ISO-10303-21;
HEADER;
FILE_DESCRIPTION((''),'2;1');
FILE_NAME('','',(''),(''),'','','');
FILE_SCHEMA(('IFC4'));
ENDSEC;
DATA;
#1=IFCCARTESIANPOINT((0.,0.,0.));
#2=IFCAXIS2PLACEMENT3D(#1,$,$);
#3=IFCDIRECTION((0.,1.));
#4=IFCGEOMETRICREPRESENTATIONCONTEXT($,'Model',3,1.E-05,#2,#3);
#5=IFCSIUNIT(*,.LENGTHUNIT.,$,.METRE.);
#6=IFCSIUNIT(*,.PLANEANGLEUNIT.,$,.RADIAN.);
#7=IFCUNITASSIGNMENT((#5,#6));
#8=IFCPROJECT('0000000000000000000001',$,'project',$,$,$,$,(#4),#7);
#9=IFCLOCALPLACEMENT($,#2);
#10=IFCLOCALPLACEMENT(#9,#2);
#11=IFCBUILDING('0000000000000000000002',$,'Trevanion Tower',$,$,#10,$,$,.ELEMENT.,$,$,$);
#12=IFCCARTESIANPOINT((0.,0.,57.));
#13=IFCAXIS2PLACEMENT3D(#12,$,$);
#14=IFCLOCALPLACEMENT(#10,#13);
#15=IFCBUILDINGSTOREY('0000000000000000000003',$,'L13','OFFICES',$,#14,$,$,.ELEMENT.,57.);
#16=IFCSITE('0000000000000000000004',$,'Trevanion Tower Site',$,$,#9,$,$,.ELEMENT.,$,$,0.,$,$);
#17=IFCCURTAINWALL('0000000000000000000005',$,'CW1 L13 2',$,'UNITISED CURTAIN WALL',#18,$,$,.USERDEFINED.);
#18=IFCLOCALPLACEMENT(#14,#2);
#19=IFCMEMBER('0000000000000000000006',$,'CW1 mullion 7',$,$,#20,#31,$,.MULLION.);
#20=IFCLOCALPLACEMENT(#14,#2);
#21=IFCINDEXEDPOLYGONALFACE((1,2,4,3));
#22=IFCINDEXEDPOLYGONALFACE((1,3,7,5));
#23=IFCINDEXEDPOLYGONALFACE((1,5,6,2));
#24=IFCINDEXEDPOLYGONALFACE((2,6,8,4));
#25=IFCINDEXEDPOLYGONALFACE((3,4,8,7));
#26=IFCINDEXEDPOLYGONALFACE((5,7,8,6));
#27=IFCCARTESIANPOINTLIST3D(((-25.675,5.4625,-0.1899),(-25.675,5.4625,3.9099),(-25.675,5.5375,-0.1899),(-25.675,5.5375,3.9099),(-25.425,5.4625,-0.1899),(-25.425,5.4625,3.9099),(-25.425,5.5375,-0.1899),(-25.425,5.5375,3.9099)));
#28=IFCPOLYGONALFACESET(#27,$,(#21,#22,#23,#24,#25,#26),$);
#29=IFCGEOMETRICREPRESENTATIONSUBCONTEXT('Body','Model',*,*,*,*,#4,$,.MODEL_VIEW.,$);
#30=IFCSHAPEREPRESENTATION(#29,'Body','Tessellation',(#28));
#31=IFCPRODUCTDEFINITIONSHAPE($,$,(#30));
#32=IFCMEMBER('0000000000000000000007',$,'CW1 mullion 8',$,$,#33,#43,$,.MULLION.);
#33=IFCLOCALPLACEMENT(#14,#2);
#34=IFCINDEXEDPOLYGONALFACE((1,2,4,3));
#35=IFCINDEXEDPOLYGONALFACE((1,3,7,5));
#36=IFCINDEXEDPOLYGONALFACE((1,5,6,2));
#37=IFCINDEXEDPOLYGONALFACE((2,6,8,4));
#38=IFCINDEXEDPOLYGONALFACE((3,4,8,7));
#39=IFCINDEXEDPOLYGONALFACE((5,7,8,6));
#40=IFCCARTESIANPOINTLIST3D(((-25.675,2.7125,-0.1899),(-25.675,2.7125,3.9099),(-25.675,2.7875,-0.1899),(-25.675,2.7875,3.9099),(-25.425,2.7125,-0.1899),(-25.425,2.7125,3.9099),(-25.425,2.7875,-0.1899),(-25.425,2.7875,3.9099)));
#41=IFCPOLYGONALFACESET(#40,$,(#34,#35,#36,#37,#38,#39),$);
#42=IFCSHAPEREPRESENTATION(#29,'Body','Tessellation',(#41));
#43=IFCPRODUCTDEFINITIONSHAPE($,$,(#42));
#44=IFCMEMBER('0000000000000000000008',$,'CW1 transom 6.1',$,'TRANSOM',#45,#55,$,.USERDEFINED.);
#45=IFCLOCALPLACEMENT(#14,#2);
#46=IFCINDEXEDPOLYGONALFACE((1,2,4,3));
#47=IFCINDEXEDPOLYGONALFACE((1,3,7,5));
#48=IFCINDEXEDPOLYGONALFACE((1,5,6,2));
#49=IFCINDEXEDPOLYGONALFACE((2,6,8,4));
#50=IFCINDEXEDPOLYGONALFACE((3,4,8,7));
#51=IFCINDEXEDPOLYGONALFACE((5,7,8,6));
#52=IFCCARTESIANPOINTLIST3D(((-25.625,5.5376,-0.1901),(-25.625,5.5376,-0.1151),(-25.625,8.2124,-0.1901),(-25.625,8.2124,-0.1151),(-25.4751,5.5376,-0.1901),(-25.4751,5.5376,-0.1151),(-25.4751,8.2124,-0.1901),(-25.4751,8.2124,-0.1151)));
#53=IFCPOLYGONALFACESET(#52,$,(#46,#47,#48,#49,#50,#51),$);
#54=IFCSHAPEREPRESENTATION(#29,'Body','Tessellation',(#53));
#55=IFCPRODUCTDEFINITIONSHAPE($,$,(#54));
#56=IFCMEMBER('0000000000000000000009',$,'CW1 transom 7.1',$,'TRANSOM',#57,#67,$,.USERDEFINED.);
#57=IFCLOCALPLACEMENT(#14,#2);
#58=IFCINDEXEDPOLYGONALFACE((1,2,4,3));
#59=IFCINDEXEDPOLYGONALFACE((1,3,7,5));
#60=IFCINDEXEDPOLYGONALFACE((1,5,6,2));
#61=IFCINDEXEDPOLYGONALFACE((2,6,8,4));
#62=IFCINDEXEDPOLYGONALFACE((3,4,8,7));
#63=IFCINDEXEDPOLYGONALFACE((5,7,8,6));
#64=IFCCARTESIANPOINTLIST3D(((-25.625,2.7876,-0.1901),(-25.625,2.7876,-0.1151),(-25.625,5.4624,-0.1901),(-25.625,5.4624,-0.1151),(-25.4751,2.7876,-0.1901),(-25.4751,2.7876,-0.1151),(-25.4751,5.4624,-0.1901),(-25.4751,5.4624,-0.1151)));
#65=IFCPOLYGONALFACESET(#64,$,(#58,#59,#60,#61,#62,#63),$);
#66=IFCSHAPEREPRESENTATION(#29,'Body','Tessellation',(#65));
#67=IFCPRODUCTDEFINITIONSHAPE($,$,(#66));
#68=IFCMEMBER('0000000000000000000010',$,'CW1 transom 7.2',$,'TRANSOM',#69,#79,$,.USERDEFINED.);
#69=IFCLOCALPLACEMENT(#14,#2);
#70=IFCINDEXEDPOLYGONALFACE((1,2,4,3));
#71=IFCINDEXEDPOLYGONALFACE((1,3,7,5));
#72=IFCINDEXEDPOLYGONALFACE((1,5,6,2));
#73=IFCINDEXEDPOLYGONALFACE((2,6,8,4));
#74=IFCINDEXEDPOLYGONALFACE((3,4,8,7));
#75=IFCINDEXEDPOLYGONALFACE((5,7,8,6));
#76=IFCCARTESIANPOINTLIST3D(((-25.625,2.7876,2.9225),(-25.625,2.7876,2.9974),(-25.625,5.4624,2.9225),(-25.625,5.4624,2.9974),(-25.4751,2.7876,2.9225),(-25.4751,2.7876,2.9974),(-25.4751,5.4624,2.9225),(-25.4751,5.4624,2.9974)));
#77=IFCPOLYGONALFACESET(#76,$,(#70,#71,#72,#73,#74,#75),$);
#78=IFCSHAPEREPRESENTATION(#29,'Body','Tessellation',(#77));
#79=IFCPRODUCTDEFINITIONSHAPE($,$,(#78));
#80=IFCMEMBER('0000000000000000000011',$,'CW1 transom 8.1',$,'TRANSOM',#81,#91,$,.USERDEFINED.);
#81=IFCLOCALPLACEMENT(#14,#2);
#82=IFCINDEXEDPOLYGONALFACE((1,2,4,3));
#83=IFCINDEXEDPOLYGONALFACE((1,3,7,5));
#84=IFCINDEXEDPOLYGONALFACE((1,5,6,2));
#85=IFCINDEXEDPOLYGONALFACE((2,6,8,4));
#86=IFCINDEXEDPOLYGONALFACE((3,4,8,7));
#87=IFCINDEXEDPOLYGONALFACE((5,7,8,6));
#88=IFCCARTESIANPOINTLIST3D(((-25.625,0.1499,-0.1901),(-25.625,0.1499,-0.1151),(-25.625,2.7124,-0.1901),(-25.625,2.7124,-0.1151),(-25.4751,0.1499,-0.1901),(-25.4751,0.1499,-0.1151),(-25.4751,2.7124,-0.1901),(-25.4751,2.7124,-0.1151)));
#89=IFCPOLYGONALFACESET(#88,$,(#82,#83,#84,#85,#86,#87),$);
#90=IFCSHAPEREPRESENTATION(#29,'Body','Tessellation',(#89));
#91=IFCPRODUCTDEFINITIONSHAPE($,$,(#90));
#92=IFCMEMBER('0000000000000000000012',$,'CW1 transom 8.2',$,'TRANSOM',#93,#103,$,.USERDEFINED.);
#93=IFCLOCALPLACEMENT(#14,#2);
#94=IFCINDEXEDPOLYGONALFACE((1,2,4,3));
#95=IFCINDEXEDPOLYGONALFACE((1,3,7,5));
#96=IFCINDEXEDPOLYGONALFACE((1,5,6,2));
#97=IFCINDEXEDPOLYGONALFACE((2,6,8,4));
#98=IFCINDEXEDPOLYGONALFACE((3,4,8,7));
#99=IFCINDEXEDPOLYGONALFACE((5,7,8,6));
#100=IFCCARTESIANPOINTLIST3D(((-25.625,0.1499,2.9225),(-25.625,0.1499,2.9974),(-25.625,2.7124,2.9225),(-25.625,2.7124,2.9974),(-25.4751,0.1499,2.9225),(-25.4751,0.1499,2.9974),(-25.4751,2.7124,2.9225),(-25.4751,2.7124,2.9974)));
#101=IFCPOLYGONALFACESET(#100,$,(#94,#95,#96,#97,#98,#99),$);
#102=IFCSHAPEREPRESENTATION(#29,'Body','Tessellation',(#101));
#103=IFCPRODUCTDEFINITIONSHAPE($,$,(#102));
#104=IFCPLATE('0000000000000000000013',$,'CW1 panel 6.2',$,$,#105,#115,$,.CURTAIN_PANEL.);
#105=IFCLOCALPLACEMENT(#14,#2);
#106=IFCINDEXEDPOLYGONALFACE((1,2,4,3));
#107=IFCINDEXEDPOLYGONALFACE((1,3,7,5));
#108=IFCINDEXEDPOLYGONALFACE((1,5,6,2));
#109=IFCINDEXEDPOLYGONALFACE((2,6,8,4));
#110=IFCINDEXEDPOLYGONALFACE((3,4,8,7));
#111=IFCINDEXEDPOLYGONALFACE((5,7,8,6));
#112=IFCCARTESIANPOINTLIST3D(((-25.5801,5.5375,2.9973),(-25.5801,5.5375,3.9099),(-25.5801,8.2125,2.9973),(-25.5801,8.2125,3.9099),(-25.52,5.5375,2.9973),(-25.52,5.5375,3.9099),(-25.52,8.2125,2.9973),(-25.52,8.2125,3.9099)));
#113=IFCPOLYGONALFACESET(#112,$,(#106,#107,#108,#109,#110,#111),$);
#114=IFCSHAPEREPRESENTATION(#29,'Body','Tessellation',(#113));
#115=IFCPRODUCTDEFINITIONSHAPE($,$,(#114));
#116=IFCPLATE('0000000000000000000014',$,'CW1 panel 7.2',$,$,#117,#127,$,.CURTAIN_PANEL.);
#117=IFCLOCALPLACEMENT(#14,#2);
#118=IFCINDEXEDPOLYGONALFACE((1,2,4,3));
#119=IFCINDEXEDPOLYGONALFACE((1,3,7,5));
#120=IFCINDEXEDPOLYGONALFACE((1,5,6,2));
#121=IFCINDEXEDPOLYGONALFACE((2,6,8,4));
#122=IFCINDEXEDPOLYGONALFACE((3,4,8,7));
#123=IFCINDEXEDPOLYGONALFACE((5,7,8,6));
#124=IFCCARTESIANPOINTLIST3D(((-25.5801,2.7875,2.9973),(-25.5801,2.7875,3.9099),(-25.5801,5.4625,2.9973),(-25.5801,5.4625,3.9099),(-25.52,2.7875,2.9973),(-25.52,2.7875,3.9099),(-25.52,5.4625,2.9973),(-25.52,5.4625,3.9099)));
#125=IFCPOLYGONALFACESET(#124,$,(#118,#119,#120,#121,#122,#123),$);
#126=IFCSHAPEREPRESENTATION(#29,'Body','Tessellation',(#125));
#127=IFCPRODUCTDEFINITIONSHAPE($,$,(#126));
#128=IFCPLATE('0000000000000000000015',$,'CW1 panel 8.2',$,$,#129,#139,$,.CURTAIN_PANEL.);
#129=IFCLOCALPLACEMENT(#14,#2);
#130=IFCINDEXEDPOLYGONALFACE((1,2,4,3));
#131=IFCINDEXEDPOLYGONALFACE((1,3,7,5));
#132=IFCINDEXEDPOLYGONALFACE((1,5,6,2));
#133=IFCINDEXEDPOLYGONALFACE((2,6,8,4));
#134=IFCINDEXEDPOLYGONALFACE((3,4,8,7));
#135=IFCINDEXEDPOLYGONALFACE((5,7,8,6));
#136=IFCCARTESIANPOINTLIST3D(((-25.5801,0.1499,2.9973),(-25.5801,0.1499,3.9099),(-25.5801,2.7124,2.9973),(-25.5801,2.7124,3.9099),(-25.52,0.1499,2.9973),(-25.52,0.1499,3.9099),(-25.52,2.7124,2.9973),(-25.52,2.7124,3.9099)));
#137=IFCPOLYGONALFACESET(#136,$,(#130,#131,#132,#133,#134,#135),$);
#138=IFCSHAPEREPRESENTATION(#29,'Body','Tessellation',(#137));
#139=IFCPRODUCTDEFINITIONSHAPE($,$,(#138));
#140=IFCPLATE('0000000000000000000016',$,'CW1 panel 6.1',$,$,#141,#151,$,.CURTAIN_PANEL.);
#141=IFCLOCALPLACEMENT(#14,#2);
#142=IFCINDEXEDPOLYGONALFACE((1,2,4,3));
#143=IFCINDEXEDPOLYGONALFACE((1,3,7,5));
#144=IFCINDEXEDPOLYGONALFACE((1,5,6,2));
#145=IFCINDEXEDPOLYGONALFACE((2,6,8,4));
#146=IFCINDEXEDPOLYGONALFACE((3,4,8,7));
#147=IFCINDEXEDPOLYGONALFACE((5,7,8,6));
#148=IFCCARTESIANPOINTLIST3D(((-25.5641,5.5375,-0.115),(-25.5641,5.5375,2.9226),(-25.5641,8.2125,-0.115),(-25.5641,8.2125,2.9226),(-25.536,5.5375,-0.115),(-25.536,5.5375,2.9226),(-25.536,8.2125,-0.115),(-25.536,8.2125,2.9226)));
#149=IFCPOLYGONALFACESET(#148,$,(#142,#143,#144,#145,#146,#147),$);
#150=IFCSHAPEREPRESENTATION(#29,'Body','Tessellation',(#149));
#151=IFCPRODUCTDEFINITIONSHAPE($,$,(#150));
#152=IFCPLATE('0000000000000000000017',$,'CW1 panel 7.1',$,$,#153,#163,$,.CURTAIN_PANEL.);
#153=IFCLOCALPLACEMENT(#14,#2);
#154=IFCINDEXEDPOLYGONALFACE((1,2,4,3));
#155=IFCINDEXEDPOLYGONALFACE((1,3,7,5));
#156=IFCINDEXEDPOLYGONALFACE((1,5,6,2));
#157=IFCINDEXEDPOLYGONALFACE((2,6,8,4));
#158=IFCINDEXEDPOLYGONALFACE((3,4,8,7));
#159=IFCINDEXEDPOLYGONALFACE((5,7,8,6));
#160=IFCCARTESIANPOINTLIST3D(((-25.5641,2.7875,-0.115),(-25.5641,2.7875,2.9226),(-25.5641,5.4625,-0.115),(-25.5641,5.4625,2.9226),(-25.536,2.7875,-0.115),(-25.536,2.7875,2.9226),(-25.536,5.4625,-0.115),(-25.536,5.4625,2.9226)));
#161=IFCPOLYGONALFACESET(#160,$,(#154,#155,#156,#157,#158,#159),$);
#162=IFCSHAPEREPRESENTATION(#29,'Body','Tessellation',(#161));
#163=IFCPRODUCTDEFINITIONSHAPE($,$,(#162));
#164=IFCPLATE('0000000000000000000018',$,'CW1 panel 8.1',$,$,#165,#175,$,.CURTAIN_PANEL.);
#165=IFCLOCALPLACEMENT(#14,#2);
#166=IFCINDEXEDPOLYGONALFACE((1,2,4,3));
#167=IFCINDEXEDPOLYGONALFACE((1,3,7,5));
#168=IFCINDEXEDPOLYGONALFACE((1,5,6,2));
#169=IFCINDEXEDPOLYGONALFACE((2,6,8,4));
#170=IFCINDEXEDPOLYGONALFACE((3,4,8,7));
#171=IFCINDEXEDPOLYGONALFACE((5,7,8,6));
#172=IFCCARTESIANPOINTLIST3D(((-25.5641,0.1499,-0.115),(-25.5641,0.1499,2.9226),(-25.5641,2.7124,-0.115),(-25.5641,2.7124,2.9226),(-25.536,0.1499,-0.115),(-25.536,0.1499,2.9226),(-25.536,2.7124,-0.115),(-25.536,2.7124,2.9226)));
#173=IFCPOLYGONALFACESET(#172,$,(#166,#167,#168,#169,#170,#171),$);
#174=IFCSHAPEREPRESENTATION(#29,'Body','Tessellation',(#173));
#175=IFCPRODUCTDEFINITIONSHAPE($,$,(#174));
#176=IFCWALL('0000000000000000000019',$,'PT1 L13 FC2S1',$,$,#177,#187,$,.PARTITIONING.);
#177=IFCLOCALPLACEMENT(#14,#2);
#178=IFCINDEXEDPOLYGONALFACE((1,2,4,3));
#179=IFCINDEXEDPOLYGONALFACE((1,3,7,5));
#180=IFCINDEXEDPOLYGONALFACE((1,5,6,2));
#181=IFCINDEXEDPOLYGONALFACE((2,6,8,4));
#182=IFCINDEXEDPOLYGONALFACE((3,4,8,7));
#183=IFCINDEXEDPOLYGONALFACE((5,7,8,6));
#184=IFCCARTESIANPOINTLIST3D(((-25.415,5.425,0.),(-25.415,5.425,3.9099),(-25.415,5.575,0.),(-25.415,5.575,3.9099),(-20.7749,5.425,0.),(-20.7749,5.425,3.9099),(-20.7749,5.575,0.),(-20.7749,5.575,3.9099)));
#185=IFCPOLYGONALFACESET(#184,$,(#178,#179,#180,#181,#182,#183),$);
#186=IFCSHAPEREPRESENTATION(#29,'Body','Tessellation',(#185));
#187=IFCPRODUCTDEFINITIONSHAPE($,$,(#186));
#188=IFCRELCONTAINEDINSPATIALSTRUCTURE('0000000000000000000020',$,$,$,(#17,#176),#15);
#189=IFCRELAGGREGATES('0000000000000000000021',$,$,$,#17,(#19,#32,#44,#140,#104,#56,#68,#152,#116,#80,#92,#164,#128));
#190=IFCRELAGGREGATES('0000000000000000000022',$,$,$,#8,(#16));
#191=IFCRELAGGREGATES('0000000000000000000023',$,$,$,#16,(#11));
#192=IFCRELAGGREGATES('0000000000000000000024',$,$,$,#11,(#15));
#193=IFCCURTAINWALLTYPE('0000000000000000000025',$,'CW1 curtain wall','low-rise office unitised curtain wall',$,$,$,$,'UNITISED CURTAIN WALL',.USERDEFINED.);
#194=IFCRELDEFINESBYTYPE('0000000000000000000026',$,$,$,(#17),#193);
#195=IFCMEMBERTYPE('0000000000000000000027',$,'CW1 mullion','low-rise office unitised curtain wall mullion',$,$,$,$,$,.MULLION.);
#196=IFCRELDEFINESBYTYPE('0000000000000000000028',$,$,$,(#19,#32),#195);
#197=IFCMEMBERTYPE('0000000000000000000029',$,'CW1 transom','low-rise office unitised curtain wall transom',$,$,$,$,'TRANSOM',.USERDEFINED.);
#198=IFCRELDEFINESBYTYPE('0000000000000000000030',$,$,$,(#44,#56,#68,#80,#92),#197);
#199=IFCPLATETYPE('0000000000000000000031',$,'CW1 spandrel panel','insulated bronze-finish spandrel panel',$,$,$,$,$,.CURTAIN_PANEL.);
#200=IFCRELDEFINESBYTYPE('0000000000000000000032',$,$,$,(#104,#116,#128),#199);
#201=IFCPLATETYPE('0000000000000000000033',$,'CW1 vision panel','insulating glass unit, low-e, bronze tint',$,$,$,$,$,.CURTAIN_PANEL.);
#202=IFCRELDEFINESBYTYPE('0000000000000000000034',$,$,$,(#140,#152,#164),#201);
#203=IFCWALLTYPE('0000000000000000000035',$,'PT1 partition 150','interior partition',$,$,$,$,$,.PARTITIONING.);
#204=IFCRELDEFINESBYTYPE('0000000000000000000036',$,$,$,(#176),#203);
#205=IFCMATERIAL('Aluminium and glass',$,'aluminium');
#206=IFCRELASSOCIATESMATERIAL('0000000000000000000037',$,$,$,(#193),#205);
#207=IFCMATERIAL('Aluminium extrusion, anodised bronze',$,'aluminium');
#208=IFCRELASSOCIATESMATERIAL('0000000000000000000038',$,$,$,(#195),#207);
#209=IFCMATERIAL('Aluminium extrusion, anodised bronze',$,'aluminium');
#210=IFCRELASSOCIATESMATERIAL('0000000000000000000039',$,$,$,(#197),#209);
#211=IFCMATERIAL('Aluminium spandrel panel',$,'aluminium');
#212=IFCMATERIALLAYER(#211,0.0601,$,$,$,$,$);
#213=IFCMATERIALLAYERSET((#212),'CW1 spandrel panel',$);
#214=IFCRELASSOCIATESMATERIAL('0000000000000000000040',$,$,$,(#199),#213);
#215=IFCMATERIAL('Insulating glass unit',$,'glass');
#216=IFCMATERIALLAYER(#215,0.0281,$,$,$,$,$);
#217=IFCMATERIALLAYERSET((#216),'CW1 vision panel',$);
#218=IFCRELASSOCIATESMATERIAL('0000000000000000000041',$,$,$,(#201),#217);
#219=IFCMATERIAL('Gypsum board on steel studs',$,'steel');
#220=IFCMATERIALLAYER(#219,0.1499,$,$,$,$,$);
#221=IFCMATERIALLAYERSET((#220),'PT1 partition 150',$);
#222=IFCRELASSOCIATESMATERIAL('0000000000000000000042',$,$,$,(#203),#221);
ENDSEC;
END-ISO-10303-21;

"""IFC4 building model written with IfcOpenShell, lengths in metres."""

from ifc_helpers import new_model, si_unit, direction, frame, frame_2d, origin, origin_2d, place, context, subcontext, project, spatial, rectangle, extrude, material, layer, layer_set, material_profile, profile_set, type_object, element, aggregate, save


model = new_model("IFC4")

# Units and contexts
model_context = context("Model", 3, precision=1e-05, world=origin(), true_north=direction((0.0, 1.0)))
body_context = subcontext(model_context, "Body", "Model", "MODEL_VIEW")
ifc_project = project(units=[si_unit("LENGTHUNIT", "METRE"), si_unit("PLANEANGLEUNIT", "RADIAN")], contexts=[model_context])

# Site, building, storey
site_placement = place(None, origin())
site = spatial("IfcSite", under=ifc_project, at=site_placement, Name="Trevanion Tower Site", CompositionType="ELEMENT", RefElevation=0.0)
building_placement = place(site_placement, origin())
building = spatial("IfcBuilding", under=site, at=building_placement, Name="Trevanion Tower", CompositionType="ELEMENT")
storey_placement = place(building_placement, frame((0.0, 0.0, 57.0)))
storey = spatial("IfcBuildingStorey", under=building, at=storey_placement, Name="L13", Description="OFFICES", CompositionType="ELEMENT", Elevation=57.0)

# Curtain wall, members, plates
ifc_material_1 = material(Name="Aluminium and glass", Category="aluminium")
curtain_wall_type = type_object("IfcCurtainWallType", Name="CW1 curtain wall", Description="low-rise office unitised curtain wall", ElementType="UNITISED CURTAIN WALL", PredefinedType="USERDEFINED", material=ifc_material_1)
curtain_wall_placement = place(storey_placement, origin())
curtain_wall = element("IfcCurtainWall", 1, at=curtain_wall_placement, inside=storey, type_object=curtain_wall_type, Name="CW1 L13 2", ObjectType="UNITISED CURTAIN WALL", PredefinedType="USERDEFINED")
ifc_material_2 = material(Name="Aluminium extrusion, anodised bronze", Category="aluminium")
ifc_material_profile_1 = material_profile(ifc_material_2, rectangle(XDim=0.075, YDim=0.25, at=origin_2d()), Name="CW1 mullion")
ifc_profile_set_1 = profile_set([ifc_material_profile_1], Name="Aluminium extrusion, anodised bronze")
member_type_1 = type_object("IfcMemberType", Name="CW1 mullion", Description="low-rise office unitised curtain wall mullion", PredefinedType="MULLION", material=ifc_profile_set_1)
member_1_placement = place(storey_placement, frame((-25.55, 5.5, -0.1899), z_axis=(0.0, 0.0, 1.0), x_axis=(0.0, -1.0, 0.0)))
member_1 = element("IfcMember", 2, at=member_1_placement, type_object=member_type_1, Name="CW1 mullion 7", PredefinedType="MULLION", context=body_context, shape_type="SweptSolid", body=[
    extrude(rectangle(XDim=0.075, YDim=0.25, at=origin_2d()), origin(), (0.0, 0.0, 1.0), 4.0999),
])
member_2_placement = place(storey_placement, frame((-25.55, 2.75, -0.1899), z_axis=(0.0, 0.0, 1.0), x_axis=(0.0, -1.0, 0.0)))
member_2 = element("IfcMember", 3, at=member_2_placement, type_object=member_type_1, Name="CW1 mullion 8", PredefinedType="MULLION", context=body_context, shape_type="SweptSolid", body=[
    extrude(rectangle(XDim=0.075, YDim=0.25, at=origin_2d()), origin(), (0.0, 0.0, 1.0), 4.0999),
])
ifc_material_3 = material(Name="Aluminium extrusion, anodised bronze", Category="aluminium")
ifc_material_profile_2 = material_profile(ifc_material_3, rectangle(XDim=0.1499, YDim=0.075, at=origin_2d()), Name="CW1 transom")
ifc_profile_set_2 = profile_set([ifc_material_profile_2], Name="Aluminium extrusion, anodised bronze")
member_type_2 = type_object("IfcMemberType", Name="CW1 transom", Description="low-rise office unitised curtain wall transom", ElementType="TRANSOM", PredefinedType="USERDEFINED", material=ifc_profile_set_2)
member_3_placement = place(storey_placement, frame((-25.55, 8.2124, -0.1526), z_axis=(0.0, -1.0, 0.0), x_axis=(1.0, 0.0, 0.0)))
member_3 = element("IfcMember", 4, at=member_3_placement, type_object=member_type_2, Name="CW1 transom 6.1", ObjectType="TRANSOM", PredefinedType="USERDEFINED", context=body_context, shape_type="SweptSolid", body=[
    extrude(rectangle(XDim=0.1499, YDim=0.075, at=origin_2d()), origin(), (0.0, 0.0, 1.0), 2.6748),
])
member_4_placement = place(storey_placement, frame((-25.55, 5.4624, -0.1526), z_axis=(0.0, -1.0, 0.0), x_axis=(1.0, 0.0, 0.0)))
member_4 = element("IfcMember", 5, at=member_4_placement, type_object=member_type_2, Name="CW1 transom 7.1", ObjectType="TRANSOM", PredefinedType="USERDEFINED", context=body_context, shape_type="SweptSolid", body=[
    extrude(rectangle(XDim=0.1499, YDim=0.075, at=origin_2d()), origin(), (0.0, 0.0, 1.0), 2.6748),
])
member_5_placement = place(storey_placement, frame((-25.55, 5.4624, 2.96), z_axis=(0.0, -1.0, 0.0), x_axis=(1.0, 0.0, 0.0)))
member_5 = element("IfcMember", 6, at=member_5_placement, type_object=member_type_2, Name="CW1 transom 7.2", ObjectType="TRANSOM", PredefinedType="USERDEFINED", context=body_context, shape_type="SweptSolid", body=[
    extrude(rectangle(XDim=0.1499, YDim=0.075, at=origin_2d()), origin(), (0.0, 0.0, 1.0), 2.6748),
])
member_6_placement = place(storey_placement, frame((-25.55, 2.7124, -0.1526), z_axis=(0.0, -1.0, 0.0), x_axis=(1.0, 0.0, 0.0)))
member_6 = element("IfcMember", 7, at=member_6_placement, type_object=member_type_2, Name="CW1 transom 8.1", ObjectType="TRANSOM", PredefinedType="USERDEFINED", context=body_context, shape_type="SweptSolid", body=[
    extrude(rectangle(XDim=0.1499, YDim=0.075, at=origin_2d()), origin(), (0.0, 0.0, 1.0), 2.5625),
])
member_7_placement = place(storey_placement, frame((-25.55, 2.7124, 2.96), z_axis=(0.0, -1.0, 0.0), x_axis=(1.0, 0.0, 0.0)))
member_7 = element("IfcMember", 8, at=member_7_placement, type_object=member_type_2, Name="CW1 transom 8.2", ObjectType="TRANSOM", PredefinedType="USERDEFINED", context=body_context, shape_type="SweptSolid", body=[
    extrude(rectangle(XDim=0.1499, YDim=0.075, at=origin_2d()), origin(), (0.0, 0.0, 1.0), 2.5625),
])
ifc_material_4 = material(Name="Aluminium spandrel panel", Category="aluminium")
ifc_layer_1 = layer(ifc_material_4, 0.0601)
ifc_layer_set_1 = layer_set([ifc_layer_1], Name="CW1 spandrel panel")
plate_type_1 = type_object("IfcPlateType", Name="CW1 spandrel panel", Description="insulated bronze-finish spandrel panel", PredefinedType="CURTAIN_PANEL", material=ifc_layer_set_1)
plate_1_placement = place(storey_placement, frame((-25.55, 6.875, 2.9973), z_axis=(0.0, 0.0, 1.0), x_axis=(0.0, -1.0, 0.0)))
plate_1 = element("IfcPlate", 9, at=plate_1_placement, type_object=plate_type_1, Name="CW1 panel 6.2", PredefinedType="CURTAIN_PANEL", context=body_context, shape_type="SweptSolid", body=[
    extrude(rectangle(XDim=2.675, YDim=0.0601, at=origin_2d()), origin(), (0.0, 0.0, 1.0), 0.9126),
])
plate_2_placement = place(storey_placement, frame((-25.55, 4.125, 2.9973), z_axis=(0.0, 0.0, 1.0), x_axis=(0.0, -1.0, 0.0)))
plate_2 = element("IfcPlate", 10, at=plate_2_placement, type_object=plate_type_1, Name="CW1 panel 7.2", PredefinedType="CURTAIN_PANEL", context=body_context, shape_type="SweptSolid", body=[
    extrude(rectangle(XDim=2.675, YDim=0.0601, at=origin_2d()), origin(), (0.0, 0.0, 1.0), 0.9126),
])
plate_3_placement = place(storey_placement, frame((-25.55, 1.4312, 2.9973), z_axis=(0.0, 0.0, 1.0), x_axis=(0.0, -1.0, 0.0)))
plate_3 = element("IfcPlate", 11, at=plate_3_placement, type_object=plate_type_1, Name="CW1 panel 8.2", PredefinedType="CURTAIN_PANEL", context=body_context, shape_type="SweptSolid", body=[
    extrude(rectangle(XDim=2.5625, YDim=0.0601, at=origin_2d()), origin(), (0.0, 0.0, 1.0), 0.9126),
])
ifc_material_5 = material(Name="Insulating glass unit", Category="glass")
ifc_layer_2 = layer(ifc_material_5, 0.0281)
ifc_layer_set_2 = layer_set([ifc_layer_2], Name="CW1 vision panel")
plate_type_2 = type_object("IfcPlateType", Name="CW1 vision panel", Description="insulating glass unit, low-e, bronze tint", PredefinedType="CURTAIN_PANEL", material=ifc_layer_set_2)
plate_4_placement = place(storey_placement, frame((-25.55, 6.875, -0.115), z_axis=(0.0, 0.0, 1.0), x_axis=(0.0, -1.0, 0.0)))
plate_4 = element("IfcPlate", 12, at=plate_4_placement, type_object=plate_type_2, Name="CW1 panel 6.1", PredefinedType="CURTAIN_PANEL", context=body_context, shape_type="SweptSolid", body=[
    extrude(rectangle(XDim=2.675, YDim=0.0281, at=origin_2d()), origin(), (0.0, 0.0, 1.0), 3.0376),
])
plate_5_placement = place(storey_placement, frame((-25.55, 4.125, -0.115), z_axis=(0.0, 0.0, 1.0), x_axis=(0.0, -1.0, 0.0)))
plate_5 = element("IfcPlate", 13, at=plate_5_placement, type_object=plate_type_2, Name="CW1 panel 7.1", PredefinedType="CURTAIN_PANEL", context=body_context, shape_type="SweptSolid", body=[
    extrude(rectangle(XDim=2.675, YDim=0.0281, at=origin_2d()), origin(), (0.0, 0.0, 1.0), 3.0376),
])
plate_6_placement = place(storey_placement, frame((-25.55, 1.4312, -0.115), z_axis=(0.0, 0.0, 1.0), x_axis=(0.0, -1.0, 0.0)))
plate_6 = element("IfcPlate", 14, at=plate_6_placement, type_object=plate_type_2, Name="CW1 panel 8.1", PredefinedType="CURTAIN_PANEL", context=body_context, shape_type="SweptSolid", body=[
    extrude(rectangle(XDim=2.5625, YDim=0.0281, at=origin_2d()), origin(), (0.0, 0.0, 1.0), 3.0376),
])
aggregate(curtain_wall, [member_1, member_2, member_3, plate_4, plate_1, member_4, member_5, plate_5, plate_2, member_6, member_7, plate_6, plate_3])

# Wall
ifc_material_6 = material(Name="Gypsum board on steel studs", Category="steel")
ifc_layer_3 = layer(ifc_material_6, 0.1499)
ifc_layer_set_3 = layer_set([ifc_layer_3], Name="PT1 partition 150")
wall_type = type_object("IfcWallType", Name="PT1 partition 150", Description="interior partition", PredefinedType="PARTITIONING", material=ifc_layer_set_3)
for number, where, z_axis, x_axis, name in (
    (15, (-20.7749, 5.5, 0.0), (0.0, 0.0, 1.0), (-1.0, 0.0, 0.0), "PT1 L13 FC2S1"),
):
    element("IfcWall", number, at=place(storey_placement, frame(where, z_axis=z_axis, x_axis=x_axis)), inside=storey, type_object=wall_type, Name=name, PredefinedType="PARTITIONING", context=body_context, shape_type="SweptSolid", body=[
        extrude(rectangle(XDim=4.6401, YDim=0.1499, at=frame_2d((2.3201, 0.0))), origin(), (0.0, 0.0, 1.0), 3.9099),
    ])

save(model, "model.ifc")
